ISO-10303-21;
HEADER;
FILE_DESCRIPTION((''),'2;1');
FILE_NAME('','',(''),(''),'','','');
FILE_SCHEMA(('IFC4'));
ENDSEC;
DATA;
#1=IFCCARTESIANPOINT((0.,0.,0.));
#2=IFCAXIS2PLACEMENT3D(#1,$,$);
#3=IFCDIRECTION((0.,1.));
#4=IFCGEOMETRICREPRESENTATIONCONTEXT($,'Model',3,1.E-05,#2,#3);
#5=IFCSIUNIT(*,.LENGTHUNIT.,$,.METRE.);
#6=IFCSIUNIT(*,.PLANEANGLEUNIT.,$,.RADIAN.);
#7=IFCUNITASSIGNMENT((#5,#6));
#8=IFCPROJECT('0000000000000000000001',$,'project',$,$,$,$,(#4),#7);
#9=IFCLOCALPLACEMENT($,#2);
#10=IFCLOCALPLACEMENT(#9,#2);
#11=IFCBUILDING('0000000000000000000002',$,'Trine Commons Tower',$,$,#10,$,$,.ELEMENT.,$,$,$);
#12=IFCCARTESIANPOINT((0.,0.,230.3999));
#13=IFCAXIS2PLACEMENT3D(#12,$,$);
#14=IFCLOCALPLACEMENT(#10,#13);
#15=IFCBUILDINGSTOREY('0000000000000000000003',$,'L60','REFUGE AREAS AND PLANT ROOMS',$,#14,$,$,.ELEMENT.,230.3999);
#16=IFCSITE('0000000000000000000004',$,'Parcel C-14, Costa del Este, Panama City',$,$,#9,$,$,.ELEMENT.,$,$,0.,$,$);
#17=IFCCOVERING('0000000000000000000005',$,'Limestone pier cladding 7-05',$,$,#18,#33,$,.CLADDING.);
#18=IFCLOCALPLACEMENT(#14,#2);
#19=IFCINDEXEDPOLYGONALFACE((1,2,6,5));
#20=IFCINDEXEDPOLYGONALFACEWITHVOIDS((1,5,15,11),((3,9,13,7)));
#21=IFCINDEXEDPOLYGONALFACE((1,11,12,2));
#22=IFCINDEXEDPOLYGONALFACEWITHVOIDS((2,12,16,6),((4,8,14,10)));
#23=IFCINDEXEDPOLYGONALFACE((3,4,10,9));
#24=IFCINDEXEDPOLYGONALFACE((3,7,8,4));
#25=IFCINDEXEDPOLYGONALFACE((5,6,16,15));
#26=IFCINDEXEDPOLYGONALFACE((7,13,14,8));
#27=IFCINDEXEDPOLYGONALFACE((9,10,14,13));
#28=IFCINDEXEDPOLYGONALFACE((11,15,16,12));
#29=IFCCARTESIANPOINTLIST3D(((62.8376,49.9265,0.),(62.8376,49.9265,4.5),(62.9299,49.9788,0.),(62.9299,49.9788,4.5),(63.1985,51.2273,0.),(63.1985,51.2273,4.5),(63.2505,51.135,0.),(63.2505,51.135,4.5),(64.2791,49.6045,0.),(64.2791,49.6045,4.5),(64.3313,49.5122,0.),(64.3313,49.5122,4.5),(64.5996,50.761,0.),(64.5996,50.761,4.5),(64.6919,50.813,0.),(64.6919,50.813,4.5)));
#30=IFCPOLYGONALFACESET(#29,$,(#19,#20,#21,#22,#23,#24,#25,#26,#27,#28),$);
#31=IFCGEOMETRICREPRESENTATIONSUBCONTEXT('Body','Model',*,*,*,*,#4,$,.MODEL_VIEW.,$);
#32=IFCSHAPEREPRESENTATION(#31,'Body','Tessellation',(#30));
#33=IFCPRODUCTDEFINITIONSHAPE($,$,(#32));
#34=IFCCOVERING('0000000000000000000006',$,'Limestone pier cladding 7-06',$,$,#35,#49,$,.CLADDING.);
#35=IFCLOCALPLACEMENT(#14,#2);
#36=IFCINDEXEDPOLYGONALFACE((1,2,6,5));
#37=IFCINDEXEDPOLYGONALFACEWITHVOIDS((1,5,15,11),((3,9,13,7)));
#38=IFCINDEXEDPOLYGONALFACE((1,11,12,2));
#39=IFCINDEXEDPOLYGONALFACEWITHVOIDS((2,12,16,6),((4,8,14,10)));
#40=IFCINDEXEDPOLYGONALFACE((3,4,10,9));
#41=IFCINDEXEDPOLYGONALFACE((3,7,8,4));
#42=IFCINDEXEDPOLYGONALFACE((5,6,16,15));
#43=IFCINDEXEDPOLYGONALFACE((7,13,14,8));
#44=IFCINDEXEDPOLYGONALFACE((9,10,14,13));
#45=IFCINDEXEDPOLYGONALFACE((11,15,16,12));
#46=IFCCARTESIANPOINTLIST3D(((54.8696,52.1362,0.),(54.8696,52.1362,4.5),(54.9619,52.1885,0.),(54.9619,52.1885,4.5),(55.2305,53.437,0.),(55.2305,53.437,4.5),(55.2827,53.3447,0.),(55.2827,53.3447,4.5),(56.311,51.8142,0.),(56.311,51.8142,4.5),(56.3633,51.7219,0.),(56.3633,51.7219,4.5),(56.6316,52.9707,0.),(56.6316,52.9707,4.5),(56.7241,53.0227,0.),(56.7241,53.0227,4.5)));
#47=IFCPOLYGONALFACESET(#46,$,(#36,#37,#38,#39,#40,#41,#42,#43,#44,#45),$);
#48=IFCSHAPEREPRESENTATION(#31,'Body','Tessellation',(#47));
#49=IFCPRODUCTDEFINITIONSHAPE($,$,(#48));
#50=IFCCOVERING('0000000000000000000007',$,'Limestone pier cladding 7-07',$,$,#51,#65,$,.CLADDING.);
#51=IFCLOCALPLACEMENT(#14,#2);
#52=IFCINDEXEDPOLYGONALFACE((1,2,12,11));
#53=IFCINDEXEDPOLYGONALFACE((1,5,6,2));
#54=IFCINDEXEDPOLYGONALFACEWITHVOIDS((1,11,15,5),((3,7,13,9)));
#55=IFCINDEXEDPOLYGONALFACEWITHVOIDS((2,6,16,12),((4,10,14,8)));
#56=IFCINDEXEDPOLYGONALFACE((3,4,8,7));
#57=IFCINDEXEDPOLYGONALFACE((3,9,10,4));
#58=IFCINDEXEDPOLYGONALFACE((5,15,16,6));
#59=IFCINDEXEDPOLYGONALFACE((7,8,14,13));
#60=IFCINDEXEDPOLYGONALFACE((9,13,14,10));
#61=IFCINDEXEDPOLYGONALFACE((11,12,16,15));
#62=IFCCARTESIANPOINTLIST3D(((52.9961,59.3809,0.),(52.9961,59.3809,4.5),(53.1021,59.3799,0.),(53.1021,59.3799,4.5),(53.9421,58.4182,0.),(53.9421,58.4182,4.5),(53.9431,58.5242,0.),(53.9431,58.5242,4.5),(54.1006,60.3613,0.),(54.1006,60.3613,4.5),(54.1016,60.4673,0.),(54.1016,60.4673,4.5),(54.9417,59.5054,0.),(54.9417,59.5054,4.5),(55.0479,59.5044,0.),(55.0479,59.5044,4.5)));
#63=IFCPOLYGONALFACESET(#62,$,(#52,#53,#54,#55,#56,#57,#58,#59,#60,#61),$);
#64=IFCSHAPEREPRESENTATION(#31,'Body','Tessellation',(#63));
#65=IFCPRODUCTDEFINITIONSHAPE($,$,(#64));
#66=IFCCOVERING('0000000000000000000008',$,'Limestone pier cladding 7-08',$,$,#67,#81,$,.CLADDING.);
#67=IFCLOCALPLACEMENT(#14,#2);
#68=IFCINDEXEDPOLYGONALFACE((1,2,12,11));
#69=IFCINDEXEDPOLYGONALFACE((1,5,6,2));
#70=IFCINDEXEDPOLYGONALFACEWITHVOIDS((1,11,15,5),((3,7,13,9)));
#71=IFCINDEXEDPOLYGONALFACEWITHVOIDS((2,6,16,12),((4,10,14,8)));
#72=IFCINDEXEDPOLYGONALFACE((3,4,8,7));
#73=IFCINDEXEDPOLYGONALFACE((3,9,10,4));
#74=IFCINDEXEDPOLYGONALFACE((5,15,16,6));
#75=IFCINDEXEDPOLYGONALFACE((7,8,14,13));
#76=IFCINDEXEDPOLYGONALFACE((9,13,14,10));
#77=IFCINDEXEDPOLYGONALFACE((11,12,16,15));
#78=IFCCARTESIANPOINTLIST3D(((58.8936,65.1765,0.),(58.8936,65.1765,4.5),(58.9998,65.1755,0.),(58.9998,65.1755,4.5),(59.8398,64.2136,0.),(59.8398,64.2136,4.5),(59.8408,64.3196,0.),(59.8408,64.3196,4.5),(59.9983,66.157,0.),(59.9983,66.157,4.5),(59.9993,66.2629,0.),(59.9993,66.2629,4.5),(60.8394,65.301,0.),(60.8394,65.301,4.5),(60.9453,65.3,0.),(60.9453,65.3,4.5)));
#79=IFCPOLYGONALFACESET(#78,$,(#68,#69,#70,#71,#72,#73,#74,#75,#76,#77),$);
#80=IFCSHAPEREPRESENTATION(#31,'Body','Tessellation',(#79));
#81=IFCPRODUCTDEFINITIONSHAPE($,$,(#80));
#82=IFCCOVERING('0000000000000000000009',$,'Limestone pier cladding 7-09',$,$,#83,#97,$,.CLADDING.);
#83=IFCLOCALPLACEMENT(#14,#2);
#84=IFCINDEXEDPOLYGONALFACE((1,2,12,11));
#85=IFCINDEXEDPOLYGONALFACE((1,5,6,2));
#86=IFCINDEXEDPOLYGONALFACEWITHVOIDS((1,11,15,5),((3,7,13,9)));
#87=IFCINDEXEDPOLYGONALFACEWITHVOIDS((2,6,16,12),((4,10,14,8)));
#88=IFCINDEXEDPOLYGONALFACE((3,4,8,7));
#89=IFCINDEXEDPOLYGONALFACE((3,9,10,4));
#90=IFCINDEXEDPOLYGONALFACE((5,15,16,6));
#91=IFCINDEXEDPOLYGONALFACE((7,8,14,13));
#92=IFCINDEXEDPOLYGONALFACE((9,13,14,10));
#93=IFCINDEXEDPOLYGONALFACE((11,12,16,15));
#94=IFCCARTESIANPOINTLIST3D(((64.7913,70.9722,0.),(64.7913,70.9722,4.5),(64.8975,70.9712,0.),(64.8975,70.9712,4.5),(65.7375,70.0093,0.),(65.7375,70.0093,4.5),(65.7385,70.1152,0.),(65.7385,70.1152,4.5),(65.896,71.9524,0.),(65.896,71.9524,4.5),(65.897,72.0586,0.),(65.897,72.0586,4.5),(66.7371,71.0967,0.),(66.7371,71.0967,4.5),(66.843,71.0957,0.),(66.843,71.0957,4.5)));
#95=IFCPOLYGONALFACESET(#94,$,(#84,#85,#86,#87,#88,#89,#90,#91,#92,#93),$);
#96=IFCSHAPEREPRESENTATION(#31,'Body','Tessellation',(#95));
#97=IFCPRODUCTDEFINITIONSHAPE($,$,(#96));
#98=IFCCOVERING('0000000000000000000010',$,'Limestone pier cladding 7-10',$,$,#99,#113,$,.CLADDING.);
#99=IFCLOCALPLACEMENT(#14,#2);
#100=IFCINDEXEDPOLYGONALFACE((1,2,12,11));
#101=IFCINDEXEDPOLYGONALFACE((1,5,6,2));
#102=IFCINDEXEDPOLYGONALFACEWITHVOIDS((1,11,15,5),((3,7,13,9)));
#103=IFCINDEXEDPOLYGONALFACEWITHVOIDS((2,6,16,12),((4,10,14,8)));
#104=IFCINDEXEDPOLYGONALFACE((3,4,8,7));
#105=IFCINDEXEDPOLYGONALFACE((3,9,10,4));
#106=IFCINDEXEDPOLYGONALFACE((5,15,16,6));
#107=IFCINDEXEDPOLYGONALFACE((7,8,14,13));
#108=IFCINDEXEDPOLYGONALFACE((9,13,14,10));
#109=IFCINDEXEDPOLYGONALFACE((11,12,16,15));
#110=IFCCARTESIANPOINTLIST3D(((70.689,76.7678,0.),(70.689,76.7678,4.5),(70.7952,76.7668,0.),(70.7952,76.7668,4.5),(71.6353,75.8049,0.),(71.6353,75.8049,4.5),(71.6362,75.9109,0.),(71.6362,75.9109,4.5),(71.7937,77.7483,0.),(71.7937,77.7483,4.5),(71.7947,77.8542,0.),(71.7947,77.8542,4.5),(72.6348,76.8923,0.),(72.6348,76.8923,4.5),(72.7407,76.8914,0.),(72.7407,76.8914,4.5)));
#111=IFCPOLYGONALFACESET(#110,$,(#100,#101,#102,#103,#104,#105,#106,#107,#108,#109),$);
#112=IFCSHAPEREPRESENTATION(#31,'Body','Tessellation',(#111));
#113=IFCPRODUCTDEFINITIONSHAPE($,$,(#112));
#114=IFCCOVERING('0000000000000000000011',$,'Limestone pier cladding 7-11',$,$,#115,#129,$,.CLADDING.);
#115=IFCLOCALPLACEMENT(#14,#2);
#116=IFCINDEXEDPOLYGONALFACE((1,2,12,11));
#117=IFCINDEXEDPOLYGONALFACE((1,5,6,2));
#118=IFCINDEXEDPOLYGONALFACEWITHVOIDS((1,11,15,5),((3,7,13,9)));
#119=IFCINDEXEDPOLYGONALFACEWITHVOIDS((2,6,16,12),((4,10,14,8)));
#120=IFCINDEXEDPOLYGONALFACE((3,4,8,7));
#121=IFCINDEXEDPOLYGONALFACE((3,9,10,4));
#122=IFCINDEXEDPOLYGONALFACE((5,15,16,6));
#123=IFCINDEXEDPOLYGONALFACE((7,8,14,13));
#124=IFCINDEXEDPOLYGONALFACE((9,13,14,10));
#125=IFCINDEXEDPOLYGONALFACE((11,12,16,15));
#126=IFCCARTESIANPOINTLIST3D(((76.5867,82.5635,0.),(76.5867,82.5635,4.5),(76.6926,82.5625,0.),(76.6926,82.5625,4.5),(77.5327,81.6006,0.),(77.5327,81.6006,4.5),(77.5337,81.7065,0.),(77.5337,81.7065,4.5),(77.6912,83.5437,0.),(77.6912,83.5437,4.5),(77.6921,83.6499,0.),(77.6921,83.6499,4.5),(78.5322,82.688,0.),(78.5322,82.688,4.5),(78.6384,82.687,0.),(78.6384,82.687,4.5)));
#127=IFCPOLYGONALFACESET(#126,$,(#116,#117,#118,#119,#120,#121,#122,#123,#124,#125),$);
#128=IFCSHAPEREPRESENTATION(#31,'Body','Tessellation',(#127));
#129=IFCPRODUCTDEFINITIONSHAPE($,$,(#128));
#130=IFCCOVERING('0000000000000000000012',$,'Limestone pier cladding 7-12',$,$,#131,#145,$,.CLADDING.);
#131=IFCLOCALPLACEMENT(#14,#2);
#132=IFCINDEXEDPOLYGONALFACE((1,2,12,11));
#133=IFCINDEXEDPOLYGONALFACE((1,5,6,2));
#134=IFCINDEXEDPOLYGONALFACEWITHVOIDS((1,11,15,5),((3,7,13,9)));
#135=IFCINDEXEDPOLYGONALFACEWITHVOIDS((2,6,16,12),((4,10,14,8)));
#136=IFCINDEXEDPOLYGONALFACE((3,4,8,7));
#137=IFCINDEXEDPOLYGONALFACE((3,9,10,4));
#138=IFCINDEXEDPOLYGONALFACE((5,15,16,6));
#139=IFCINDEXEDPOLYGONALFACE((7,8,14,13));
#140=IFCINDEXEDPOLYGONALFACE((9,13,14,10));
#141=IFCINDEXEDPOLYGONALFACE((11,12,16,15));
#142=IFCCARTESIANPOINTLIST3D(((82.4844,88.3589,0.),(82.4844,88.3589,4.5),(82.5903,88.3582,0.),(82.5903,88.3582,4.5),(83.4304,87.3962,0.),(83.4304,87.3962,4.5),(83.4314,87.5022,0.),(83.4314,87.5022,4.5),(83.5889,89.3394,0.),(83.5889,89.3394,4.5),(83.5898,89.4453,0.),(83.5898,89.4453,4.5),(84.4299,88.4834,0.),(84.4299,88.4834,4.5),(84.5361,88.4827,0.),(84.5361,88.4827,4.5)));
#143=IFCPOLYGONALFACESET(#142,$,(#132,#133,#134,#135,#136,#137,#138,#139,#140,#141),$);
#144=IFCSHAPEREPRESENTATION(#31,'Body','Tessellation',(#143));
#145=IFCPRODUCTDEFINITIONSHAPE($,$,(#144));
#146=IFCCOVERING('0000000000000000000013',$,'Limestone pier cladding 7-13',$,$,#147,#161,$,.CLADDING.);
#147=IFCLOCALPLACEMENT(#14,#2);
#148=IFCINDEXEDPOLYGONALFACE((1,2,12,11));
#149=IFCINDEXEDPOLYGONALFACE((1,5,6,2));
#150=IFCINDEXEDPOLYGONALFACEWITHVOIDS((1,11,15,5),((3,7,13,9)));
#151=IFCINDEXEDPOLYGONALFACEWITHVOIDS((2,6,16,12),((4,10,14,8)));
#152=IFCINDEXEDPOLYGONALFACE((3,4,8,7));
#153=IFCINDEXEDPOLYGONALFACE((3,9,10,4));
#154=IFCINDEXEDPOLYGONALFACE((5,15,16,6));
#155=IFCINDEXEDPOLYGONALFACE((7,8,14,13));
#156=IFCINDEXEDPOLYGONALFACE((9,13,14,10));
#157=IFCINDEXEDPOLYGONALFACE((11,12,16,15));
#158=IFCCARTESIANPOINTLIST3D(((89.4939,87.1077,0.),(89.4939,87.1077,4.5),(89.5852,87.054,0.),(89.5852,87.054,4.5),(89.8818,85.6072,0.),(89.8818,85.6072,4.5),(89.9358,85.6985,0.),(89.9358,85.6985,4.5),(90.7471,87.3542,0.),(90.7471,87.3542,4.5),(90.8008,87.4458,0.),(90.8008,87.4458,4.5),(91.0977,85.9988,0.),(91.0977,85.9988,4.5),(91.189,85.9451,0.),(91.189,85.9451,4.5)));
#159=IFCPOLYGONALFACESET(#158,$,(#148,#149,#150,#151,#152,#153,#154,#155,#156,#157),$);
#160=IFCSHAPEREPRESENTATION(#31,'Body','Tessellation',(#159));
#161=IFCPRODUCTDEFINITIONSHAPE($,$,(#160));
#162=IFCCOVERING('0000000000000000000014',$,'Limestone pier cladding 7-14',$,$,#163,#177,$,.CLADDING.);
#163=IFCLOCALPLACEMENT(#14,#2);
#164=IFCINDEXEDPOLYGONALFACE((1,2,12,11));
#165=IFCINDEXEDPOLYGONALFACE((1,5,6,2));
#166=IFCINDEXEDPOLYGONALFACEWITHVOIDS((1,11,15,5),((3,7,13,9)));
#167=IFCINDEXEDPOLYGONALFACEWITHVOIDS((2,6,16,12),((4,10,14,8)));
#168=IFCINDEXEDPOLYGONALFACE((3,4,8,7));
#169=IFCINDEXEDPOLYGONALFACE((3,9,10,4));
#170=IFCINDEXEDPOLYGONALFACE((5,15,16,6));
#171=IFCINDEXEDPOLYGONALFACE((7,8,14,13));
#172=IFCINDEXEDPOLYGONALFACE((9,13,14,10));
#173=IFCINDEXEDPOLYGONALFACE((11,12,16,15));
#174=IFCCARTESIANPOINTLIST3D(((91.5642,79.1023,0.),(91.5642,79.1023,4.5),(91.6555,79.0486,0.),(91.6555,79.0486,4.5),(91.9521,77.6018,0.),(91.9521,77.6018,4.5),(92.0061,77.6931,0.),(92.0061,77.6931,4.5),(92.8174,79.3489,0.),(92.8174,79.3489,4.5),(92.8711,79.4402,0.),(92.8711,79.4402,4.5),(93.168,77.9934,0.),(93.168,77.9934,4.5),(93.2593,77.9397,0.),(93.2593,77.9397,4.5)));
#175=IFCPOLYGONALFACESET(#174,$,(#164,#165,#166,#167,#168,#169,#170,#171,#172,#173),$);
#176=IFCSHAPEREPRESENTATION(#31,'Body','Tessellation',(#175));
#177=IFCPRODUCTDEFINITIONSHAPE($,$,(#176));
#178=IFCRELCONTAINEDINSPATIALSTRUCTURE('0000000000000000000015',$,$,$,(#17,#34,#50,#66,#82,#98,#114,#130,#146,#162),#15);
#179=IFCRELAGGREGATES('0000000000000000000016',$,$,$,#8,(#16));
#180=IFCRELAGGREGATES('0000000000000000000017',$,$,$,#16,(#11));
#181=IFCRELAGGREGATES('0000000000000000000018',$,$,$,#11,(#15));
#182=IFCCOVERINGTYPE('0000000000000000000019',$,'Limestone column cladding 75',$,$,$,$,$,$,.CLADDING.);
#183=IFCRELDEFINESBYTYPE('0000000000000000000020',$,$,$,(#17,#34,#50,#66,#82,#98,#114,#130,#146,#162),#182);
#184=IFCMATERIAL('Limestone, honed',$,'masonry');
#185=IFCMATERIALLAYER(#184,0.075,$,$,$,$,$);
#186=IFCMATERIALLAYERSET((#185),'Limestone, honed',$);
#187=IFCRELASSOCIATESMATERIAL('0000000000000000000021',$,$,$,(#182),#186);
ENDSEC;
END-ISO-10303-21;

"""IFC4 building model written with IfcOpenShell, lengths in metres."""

from ifc_helpers import new_model, si_unit, direction, frame, origin, place, context, subcontext, project, spatial, polyline, outline, extrude, material, layer, layer_set, type_object, element, save


model = new_model("IFC4")

# Units and contexts
model_context = context("Model", 3, precision=1e-05, world=origin(), true_north=direction((0.0, 1.0)))
body_context = subcontext(model_context, "Body", "Model", "MODEL_VIEW")
ifc_project = project(units=[si_unit("LENGTHUNIT", "METRE"), si_unit("PLANEANGLEUNIT", "RADIAN")], contexts=[model_context])

# Site, building, storey
site_placement = place(None, origin())
site = spatial("IfcSite", under=ifc_project, at=site_placement, Name="Parcel C-14, Costa del Este, Panama City", CompositionType="ELEMENT", RefElevation=0.0)
building_placement = place(site_placement, origin())
building = spatial("IfcBuilding", under=site, at=building_placement, Name="Trine Commons Tower", CompositionType="ELEMENT")
storey_placement = place(building_placement, frame((0.0, 0.0, 230.3999)))
storey = spatial("IfcBuildingStorey", under=building, at=storey_placement, Name="L60", Description="REFUGE AREAS AND PLANT ROOMS", CompositionType="ELEMENT", Elevation=230.3999)

# Coverings
ifc_material_1 = material(Name="Limestone, honed", Category="masonry")
ifc_layer_1 = layer(ifc_material_1, 0.075)
ifc_layer_set_1 = layer_set([ifc_layer_1], Name="Limestone, honed")
covering_type_1 = type_object("IfcCoveringType", Name="Limestone column cladding 75", PredefinedType="CLADDING", material=ifc_layer_set_1)
covering_1_placement = place(storey_placement, origin())
element("IfcCovering", 1, at=covering_1_placement, inside=storey, type_object=covering_type_1, Name="Limestone pier cladding 7-05", PredefinedType="CLADDING", context=body_context, shape_type="SweptSolid", body=[
    extrude(outline(polyline([(63.1985, 51.2273), (62.8376, 49.9265), (64.3313, 49.5122), (64.6919, 50.813), (63.1985, 51.2273)]), holes=[polyline([(63.2505, 51.135), (62.9299, 49.9788), (64.2791, 49.6045), (64.5996, 50.761), (63.2505, 51.135)])]), origin(), (0.0, 0.0, 1.0), 4.5),
])
covering_2_placement = place(storey_placement, origin())
element("IfcCovering", 2, at=covering_2_placement, inside=storey, type_object=covering_type_1, Name="Limestone pier cladding 7-06", PredefinedType="CLADDING", context=body_context, shape_type="SweptSolid", body=[
    extrude(outline(polyline([(55.2305, 53.437), (54.8696, 52.1362), (56.3633, 51.7219), (56.7241, 53.0227), (55.2305, 53.437)]), holes=[polyline([(55.2827, 53.3447), (54.9619, 52.1885), (56.311, 51.8142), (56.6316, 52.9707), (55.2827, 53.3447)])]), origin(), (0.0, 0.0, 1.0), 4.5),
])
covering_3_placement = place(storey_placement, origin())
element("IfcCovering", 3, at=covering_3_placement, inside=storey, type_object=covering_type_1, Name="Limestone pier cladding 7-07", PredefinedType="CLADDING", context=body_context, shape_type="SweptSolid", body=[
    extrude(outline(polyline([(55.0479, 59.5044), (54.1016, 60.4673), (52.9961, 59.3809), (53.9421, 58.4182), (55.0479, 59.5044)]), holes=[polyline([(54.9417, 59.5054), (54.1006, 60.3613), (53.1021, 59.3799), (53.9431, 58.5242), (54.9417, 59.5054)])]), origin(), (0.0, 0.0, 1.0), 4.5),
])
covering_4_placement = place(storey_placement, origin())
element("IfcCovering", 4, at=covering_4_placement, inside=storey, type_object=covering_type_1, Name="Limestone pier cladding 7-08", PredefinedType="CLADDING", context=body_context, shape_type="SweptSolid", body=[
    extrude(outline(polyline([(60.9453, 65.3), (59.9993, 66.2629), (58.8936, 65.1765), (59.8398, 64.2136), (60.9453, 65.3)]), holes=[polyline([(60.8394, 65.301), (59.9983, 66.157), (58.9998, 65.1755), (59.8408, 64.3196), (60.8394, 65.301)])]), origin(), (0.0, 0.0, 1.0), 4.5),
])
covering_5_placement = place(storey_placement, origin())
element("IfcCovering", 5, at=covering_5_placement, inside=storey, type_object=covering_type_1, Name="Limestone pier cladding 7-09", PredefinedType="CLADDING", context=body_context, shape_type="SweptSolid", body=[
    extrude(outline(polyline([(66.843, 71.0957), (65.897, 72.0586), (64.7913, 70.9722), (65.7375, 70.0093), (66.843, 71.0957)]), holes=[polyline([(66.7371, 71.0967), (65.896, 71.9524), (64.8975, 70.9712), (65.7385, 70.1152), (66.7371, 71.0967)])]), origin(), (0.0, 0.0, 1.0), 4.5),
])
covering_6_placement = place(storey_placement, origin())
element("IfcCovering", 6, at=covering_6_placement, inside=storey, type_object=covering_type_1, Name="Limestone pier cladding 7-10", PredefinedType="CLADDING", context=body_context, shape_type="SweptSolid", body=[
    extrude(outline(polyline([(72.7407, 76.8914), (71.7947, 77.8542), (70.689, 76.7678), (71.6353, 75.8049), (72.7407, 76.8914)]), holes=[polyline([(72.6348, 76.8923), (71.7937, 77.7483), (70.7952, 76.7668), (71.6362, 75.9109), (72.6348, 76.8923)])]), origin(), (0.0, 0.0, 1.0), 4.5),
])
covering_7_placement = place(storey_placement, origin())
element("IfcCovering", 7, at=covering_7_placement, inside=storey, type_object=covering_type_1, Name="Limestone pier cladding 7-11", PredefinedType="CLADDING", context=body_context, shape_type="SweptSolid", body=[
    extrude(outline(polyline([(78.6384, 82.687), (77.6921, 83.6499), (76.5867, 82.5635), (77.5327, 81.6006), (78.6384, 82.687)]), holes=[polyline([(78.5322, 82.688), (77.6912, 83.5437), (76.6926, 82.5625), (77.5337, 81.7065), (78.5322, 82.688)])]), origin(), (0.0, 0.0, 1.0), 4.5),
])
covering_8_placement = place(storey_placement, origin())
element("IfcCovering", 8, at=covering_8_placement, inside=storey, type_object=covering_type_1, Name="Limestone pier cladding 7-12", PredefinedType="CLADDING", context=body_context, shape_type="SweptSolid", body=[
    extrude(outline(polyline([(84.5361, 88.4827), (83.5898, 89.4453), (82.4844, 88.3589), (83.4304, 87.3962), (84.5361, 88.4827)]), holes=[polyline([(84.4299, 88.4834), (83.5889, 89.3394), (82.5903, 88.3582), (83.4314, 87.5022), (84.4299, 88.4834)])]), origin(), (0.0, 0.0, 1.0), 4.5),
])
covering_9_placement = place(storey_placement, origin())
element("IfcCovering", 9, at=covering_9_placement, inside=storey, type_object=covering_type_1, Name="Limestone pier cladding 7-13", PredefinedType="CLADDING", context=body_context, shape_type="SweptSolid", body=[
    extrude(outline(polyline([(90.8008, 87.4458), (89.4939, 87.1077), (89.8818, 85.6072), (91.189, 85.9451), (90.8008, 87.4458)]), holes=[polyline([(90.7471, 87.3542), (89.5852, 87.054), (89.9358, 85.6985), (91.0977, 85.9988), (90.7471, 87.3542)])]), origin(), (0.0, 0.0, 1.0), 4.5),
])
covering_10_placement = place(storey_placement, origin())
element("IfcCovering", 10, at=covering_10_placement, inside=storey, type_object=covering_type_1, Name="Limestone pier cladding 7-14", PredefinedType="CLADDING", context=body_context, shape_type="SweptSolid", body=[
    extrude(outline(polyline([(92.8711, 79.4402), (91.5642, 79.1023), (91.9521, 77.6018), (93.2593, 77.9397), (92.8711, 79.4402)]), holes=[polyline([(92.8174, 79.3489), (91.6555, 79.0486), (92.0061, 77.6931), (93.168, 77.9934), (92.8174, 79.3489)])]), origin(), (0.0, 0.0, 1.0), 4.5),
])

save(model, "model.ifc")
